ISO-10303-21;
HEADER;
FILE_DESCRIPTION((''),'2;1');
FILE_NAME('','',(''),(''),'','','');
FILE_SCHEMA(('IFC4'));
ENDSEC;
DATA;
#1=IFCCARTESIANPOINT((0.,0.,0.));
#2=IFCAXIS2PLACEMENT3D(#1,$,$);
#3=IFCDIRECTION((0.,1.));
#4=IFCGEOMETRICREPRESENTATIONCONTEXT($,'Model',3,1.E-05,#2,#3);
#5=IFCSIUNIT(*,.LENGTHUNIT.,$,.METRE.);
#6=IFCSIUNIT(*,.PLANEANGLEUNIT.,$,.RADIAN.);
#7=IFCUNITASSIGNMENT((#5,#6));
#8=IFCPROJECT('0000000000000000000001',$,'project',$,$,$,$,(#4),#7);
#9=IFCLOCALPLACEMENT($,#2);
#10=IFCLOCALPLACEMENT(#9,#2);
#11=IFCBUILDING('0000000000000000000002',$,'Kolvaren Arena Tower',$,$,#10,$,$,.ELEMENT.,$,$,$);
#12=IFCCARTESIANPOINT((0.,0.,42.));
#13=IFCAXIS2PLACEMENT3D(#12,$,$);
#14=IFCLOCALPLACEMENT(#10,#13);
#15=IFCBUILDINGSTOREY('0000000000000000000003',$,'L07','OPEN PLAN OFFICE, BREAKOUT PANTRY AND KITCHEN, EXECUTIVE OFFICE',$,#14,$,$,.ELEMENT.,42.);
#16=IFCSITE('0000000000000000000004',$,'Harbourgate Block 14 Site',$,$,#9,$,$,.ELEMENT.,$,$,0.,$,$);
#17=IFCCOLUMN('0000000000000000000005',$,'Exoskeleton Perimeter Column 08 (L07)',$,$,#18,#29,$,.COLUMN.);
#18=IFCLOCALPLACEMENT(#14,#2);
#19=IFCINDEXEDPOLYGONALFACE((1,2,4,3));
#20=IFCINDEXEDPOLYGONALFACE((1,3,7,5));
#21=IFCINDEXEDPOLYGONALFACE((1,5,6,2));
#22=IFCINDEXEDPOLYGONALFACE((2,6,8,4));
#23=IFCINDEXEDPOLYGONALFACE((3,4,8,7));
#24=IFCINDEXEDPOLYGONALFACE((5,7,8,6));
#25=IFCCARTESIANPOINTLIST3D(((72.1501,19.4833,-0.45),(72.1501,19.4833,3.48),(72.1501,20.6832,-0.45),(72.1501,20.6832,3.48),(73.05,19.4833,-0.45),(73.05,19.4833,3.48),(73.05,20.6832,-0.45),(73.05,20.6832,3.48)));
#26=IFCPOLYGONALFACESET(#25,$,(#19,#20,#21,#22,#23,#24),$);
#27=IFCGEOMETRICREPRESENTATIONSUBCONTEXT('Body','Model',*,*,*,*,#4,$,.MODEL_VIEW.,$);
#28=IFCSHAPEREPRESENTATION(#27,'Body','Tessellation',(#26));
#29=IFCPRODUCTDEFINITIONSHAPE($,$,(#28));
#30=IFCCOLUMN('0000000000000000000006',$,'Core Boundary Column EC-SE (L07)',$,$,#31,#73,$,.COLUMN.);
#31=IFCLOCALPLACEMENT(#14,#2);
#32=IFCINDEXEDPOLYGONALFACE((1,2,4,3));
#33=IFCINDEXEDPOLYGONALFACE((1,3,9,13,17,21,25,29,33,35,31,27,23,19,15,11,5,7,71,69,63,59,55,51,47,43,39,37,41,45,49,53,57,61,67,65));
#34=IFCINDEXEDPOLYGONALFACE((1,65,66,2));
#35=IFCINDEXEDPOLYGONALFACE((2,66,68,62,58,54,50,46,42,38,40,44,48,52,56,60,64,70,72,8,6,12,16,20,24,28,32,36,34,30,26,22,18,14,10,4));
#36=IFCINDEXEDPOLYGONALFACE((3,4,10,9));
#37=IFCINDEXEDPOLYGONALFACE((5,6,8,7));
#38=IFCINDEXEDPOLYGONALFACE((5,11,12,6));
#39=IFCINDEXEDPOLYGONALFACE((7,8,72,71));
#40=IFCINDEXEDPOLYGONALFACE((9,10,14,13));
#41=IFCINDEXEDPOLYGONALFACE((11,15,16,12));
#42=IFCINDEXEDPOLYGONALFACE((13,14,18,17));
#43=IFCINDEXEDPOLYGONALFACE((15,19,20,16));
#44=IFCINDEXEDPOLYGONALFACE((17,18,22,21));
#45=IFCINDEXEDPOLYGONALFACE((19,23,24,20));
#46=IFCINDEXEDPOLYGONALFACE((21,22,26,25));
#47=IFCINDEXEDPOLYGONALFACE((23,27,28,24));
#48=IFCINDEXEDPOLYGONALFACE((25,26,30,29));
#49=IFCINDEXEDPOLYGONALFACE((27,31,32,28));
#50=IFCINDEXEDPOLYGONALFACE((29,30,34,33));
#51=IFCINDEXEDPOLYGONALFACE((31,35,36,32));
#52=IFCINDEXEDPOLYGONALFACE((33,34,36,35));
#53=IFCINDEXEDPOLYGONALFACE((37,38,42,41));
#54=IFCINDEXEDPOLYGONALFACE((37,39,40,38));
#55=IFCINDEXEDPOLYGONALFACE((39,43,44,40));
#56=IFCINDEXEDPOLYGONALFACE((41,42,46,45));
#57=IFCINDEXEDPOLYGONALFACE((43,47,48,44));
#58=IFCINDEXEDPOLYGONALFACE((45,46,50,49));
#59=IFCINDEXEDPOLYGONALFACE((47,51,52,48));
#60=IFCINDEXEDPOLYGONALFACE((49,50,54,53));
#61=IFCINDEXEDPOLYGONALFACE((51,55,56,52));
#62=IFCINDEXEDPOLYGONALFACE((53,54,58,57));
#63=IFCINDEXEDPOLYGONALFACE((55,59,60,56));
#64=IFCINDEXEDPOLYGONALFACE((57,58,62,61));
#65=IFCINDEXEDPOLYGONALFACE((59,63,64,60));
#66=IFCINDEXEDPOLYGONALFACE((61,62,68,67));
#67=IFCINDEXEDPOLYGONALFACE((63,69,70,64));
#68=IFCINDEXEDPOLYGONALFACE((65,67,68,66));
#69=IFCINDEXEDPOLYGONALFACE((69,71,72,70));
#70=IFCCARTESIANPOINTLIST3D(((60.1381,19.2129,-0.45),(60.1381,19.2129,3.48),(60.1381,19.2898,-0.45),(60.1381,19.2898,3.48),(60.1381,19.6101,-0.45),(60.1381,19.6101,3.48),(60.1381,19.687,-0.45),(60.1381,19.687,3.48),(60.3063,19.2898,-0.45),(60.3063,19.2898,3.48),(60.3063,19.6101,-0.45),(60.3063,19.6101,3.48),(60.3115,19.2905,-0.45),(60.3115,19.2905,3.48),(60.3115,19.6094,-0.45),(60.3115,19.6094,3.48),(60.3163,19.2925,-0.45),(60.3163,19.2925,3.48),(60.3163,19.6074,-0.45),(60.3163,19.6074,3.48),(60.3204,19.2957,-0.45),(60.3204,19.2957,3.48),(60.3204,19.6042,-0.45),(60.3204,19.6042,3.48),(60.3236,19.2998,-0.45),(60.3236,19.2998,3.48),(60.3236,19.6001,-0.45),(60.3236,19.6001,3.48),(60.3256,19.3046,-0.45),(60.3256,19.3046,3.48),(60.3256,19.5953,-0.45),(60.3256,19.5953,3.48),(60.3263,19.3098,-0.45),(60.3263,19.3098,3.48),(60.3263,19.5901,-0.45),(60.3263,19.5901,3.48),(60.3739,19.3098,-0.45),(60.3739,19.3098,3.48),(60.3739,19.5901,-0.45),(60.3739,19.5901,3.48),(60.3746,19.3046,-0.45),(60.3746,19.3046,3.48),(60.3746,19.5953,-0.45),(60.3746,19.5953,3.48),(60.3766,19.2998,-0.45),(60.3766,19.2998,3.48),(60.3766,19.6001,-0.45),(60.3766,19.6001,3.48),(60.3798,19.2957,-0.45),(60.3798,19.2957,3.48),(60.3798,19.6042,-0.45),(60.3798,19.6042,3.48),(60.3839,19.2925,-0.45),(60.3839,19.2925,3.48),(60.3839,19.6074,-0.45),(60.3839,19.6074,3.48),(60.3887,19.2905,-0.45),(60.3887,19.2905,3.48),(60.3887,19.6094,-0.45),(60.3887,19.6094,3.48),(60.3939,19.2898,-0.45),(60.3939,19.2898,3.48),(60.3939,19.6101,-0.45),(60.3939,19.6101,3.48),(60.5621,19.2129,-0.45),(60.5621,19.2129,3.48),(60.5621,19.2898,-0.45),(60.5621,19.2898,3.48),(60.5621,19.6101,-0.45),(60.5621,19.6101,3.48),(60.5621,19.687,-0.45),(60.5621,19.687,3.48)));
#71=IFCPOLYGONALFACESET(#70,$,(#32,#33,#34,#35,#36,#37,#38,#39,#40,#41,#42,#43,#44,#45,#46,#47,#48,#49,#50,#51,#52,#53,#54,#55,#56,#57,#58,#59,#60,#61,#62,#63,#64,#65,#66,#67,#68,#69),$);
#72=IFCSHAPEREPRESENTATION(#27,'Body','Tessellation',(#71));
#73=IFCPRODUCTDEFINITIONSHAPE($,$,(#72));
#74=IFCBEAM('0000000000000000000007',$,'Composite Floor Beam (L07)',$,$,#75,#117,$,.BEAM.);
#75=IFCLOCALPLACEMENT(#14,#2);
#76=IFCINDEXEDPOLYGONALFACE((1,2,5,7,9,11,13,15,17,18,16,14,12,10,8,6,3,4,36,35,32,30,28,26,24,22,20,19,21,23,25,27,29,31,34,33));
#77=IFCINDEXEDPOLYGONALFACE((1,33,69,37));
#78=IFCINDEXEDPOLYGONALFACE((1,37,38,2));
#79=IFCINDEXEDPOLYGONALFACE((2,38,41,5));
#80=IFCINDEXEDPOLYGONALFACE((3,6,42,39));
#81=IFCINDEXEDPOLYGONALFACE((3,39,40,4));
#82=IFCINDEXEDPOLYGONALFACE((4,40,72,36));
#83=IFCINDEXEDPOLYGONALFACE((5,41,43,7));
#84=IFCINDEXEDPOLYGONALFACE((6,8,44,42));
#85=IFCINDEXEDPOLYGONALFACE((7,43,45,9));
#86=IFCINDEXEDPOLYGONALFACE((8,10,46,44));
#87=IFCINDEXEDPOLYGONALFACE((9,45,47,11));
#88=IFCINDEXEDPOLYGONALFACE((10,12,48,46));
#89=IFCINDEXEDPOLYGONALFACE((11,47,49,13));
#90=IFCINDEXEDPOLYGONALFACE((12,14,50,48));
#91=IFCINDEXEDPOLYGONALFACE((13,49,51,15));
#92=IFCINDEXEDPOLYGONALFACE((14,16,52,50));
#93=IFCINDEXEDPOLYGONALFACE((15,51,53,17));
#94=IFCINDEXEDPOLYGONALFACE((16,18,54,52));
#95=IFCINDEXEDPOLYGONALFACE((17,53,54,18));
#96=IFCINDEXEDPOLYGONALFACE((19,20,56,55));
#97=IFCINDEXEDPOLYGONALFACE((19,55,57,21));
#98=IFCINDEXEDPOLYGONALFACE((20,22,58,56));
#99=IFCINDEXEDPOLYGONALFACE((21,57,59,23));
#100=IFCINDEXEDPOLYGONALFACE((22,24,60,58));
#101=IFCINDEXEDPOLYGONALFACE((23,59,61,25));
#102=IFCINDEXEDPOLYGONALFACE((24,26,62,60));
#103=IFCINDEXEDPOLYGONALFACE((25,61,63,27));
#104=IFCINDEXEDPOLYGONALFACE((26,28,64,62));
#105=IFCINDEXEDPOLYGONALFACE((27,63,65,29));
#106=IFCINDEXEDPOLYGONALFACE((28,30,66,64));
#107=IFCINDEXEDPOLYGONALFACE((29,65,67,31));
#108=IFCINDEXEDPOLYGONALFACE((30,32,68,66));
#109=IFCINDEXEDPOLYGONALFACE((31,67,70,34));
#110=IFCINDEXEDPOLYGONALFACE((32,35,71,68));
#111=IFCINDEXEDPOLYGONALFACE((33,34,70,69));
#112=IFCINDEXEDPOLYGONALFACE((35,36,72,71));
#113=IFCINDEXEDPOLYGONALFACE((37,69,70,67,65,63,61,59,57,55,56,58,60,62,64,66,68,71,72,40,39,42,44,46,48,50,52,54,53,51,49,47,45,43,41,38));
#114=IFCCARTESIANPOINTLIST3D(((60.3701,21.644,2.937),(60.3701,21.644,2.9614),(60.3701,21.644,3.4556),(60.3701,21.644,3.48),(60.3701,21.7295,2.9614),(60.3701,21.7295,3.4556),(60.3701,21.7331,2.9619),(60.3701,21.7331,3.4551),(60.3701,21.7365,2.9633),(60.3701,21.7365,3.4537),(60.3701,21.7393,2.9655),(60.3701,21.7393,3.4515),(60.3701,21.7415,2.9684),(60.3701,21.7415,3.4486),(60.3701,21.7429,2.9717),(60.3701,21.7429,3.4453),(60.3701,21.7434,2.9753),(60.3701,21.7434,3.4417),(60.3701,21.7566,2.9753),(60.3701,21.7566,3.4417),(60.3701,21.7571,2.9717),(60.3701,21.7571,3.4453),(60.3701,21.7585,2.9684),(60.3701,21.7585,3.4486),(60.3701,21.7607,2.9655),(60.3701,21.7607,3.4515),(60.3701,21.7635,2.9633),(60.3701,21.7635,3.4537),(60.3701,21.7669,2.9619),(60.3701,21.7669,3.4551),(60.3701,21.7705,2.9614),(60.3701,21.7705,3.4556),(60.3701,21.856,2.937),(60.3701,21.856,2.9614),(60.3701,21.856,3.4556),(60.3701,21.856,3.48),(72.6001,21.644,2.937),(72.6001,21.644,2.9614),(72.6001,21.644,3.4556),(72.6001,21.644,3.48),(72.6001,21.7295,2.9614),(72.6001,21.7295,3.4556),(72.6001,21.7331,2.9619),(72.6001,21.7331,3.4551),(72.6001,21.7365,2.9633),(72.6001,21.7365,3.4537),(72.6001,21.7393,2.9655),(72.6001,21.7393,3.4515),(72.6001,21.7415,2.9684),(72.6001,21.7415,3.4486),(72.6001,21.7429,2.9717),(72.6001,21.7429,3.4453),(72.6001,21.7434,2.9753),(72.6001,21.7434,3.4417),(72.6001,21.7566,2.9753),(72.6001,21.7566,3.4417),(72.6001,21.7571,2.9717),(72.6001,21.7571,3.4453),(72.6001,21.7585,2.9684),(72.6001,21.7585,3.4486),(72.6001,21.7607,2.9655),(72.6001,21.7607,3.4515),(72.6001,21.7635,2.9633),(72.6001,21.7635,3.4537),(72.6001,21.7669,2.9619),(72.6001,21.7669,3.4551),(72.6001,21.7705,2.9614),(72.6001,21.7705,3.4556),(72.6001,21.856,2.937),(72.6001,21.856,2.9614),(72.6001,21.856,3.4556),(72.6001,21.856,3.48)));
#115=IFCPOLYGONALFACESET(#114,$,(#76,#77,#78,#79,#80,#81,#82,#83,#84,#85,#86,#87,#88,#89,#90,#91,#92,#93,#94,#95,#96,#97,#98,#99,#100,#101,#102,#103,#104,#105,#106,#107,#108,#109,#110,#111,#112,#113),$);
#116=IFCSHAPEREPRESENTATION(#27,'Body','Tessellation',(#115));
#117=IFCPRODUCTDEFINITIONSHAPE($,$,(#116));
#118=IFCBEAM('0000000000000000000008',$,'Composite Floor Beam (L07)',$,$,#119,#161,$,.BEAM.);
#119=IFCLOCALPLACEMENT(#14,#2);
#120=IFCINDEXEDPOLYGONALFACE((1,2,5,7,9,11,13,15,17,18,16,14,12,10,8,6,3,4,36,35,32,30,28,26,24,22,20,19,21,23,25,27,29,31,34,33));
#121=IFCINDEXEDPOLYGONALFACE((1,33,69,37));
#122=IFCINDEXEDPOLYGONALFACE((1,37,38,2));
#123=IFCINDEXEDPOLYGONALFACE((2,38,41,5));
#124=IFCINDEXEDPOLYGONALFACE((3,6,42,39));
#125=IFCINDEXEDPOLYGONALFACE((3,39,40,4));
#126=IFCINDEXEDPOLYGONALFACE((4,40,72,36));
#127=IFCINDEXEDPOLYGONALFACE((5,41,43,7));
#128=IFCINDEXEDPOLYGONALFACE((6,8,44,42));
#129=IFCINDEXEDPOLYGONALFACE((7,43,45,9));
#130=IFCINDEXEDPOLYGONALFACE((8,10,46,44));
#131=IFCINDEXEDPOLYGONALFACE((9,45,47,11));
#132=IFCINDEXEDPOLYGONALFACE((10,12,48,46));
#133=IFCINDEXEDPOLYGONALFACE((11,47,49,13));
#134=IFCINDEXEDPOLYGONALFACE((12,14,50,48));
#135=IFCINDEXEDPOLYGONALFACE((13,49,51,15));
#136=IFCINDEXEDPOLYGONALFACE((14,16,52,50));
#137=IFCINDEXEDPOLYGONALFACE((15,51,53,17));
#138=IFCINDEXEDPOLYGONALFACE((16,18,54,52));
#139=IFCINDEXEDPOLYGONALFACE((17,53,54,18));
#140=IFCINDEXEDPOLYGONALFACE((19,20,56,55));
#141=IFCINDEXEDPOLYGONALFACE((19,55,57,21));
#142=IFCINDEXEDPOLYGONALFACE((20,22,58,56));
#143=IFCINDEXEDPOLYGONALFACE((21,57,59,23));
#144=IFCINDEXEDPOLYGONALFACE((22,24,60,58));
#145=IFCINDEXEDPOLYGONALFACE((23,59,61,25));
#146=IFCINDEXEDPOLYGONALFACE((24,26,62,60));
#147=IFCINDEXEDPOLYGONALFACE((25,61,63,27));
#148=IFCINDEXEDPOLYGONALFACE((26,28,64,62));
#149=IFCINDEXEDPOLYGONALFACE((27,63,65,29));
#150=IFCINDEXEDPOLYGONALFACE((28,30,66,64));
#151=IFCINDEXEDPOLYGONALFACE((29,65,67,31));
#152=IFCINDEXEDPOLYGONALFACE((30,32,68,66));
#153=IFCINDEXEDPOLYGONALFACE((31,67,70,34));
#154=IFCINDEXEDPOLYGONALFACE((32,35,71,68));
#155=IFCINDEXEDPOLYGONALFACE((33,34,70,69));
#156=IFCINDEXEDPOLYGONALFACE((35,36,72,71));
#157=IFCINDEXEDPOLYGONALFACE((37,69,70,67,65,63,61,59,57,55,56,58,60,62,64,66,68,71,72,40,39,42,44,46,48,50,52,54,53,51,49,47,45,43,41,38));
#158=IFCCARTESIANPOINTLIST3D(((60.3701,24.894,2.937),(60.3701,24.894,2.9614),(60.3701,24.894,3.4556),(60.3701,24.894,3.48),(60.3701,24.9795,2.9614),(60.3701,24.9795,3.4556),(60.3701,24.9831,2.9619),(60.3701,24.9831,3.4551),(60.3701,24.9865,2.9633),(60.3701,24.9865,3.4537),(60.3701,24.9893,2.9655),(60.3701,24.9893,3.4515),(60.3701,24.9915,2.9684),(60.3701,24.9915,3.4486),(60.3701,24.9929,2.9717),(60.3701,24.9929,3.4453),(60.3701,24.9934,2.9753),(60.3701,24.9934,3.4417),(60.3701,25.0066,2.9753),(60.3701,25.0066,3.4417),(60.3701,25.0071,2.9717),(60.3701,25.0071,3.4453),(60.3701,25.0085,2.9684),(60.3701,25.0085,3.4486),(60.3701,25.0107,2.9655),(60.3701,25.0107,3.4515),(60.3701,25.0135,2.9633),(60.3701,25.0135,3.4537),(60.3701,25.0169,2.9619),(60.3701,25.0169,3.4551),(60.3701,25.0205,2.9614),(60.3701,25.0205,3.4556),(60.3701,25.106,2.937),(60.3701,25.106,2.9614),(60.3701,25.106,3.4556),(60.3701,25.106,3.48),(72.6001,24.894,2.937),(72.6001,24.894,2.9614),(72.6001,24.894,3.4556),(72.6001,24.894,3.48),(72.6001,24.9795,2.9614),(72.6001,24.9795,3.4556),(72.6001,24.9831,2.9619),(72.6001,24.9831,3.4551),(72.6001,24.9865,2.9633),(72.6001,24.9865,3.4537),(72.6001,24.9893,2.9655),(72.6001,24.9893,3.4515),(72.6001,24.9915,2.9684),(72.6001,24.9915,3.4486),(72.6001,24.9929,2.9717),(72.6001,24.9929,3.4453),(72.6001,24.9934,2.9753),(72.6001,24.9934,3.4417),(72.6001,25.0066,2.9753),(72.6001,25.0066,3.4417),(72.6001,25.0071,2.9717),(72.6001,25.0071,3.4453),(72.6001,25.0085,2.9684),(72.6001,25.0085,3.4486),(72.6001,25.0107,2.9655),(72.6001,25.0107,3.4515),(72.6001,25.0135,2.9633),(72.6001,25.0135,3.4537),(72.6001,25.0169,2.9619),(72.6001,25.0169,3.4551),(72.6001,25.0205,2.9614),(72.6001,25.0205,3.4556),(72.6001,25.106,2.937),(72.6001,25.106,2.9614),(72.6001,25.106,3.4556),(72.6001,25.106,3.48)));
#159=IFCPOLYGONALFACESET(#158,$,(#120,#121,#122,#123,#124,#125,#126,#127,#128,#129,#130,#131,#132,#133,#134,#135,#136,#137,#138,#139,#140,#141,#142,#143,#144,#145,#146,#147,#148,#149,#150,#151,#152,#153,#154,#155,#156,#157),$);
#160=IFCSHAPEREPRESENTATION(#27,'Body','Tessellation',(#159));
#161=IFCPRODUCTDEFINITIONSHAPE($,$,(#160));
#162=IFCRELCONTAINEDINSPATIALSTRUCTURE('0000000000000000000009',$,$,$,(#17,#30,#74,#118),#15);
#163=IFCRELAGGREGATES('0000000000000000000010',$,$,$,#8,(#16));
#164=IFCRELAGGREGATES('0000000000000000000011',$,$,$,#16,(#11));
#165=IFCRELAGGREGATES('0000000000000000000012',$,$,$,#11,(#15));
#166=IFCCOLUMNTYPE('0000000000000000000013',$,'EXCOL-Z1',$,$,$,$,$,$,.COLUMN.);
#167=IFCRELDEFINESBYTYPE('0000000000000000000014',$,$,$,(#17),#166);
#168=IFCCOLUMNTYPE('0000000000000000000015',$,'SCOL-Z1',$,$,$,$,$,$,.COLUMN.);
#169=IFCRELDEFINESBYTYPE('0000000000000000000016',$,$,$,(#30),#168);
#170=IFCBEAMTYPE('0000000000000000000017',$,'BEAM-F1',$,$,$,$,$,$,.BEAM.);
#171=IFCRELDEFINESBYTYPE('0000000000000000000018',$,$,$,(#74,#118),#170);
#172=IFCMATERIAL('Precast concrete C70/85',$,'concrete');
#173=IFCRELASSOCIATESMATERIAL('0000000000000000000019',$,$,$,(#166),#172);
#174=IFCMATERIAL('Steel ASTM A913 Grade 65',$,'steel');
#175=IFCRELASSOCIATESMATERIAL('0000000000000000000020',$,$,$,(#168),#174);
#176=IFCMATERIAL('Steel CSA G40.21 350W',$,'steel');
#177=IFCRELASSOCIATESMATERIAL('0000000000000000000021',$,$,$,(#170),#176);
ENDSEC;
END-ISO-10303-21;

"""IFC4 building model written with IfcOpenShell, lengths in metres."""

from ifc_helpers import new_model, si_unit, direction, frame, origin, origin_2d, place, context, subcontext, project, spatial, rectangle, i_section, extrude, material, material_profile, profile_set, type_object, element, save


model = new_model("IFC4")

# Units and contexts
model_context = context("Model", 3, precision=1e-05, world=origin(), true_north=direction((0.0, 1.0)))
body_context = subcontext(model_context, "Body", "Model", "MODEL_VIEW")
ifc_project = project(units=[si_unit("LENGTHUNIT", "METRE"), si_unit("PLANEANGLEUNIT", "RADIAN")], contexts=[model_context])

# Site, building, storey
site_placement = place(None, origin())
site = spatial("IfcSite", under=ifc_project, at=site_placement, Name="Harbourgate Block 14 Site", CompositionType="ELEMENT", RefElevation=0.0)
building_placement = place(site_placement, origin())
building = spatial("IfcBuilding", under=site, at=building_placement, Name="Kolvaren Arena Tower", CompositionType="ELEMENT")
storey_placement = place(building_placement, frame((0.0, 0.0, 42.0)))
storey = spatial("IfcBuildingStorey", under=building, at=storey_placement, Name="L07", Description="OPEN PLAN OFFICE, BREAKOUT PANTRY AND KITCHEN, EXECUTIVE OFFICE", CompositionType="ELEMENT", Elevation=42.0)

# Columns
ifc_material_1 = material(Name="Precast concrete C70/85", Category="concrete")
ifc_material_profile_1 = material_profile(ifc_material_1, rectangle(XDim=1.2, YDim=0.8999, at=origin_2d()), Name="RC-1200x900")
ifc_profile_set_1 = profile_set([ifc_material_profile_1], Name="Precast concrete C70/85")
column_type_1 = type_object("IfcColumnType", Name="EXCOL-Z1", PredefinedType="COLUMN", material=ifc_profile_set_1)
column_1_placement = place(storey_placement, frame((72.6001, 20.0833, -0.45), z_axis=(0.0, 0.0, 1.0), x_axis=(0.0, 1.0, 0.0)))
element("IfcColumn", 1, at=column_1_placement, inside=storey, type_object=column_type_1, Name="Exoskeleton Perimeter Column 08 (L07)", PredefinedType="COLUMN", context=body_context, shape_type="SweptSolid", body=[
    extrude(rectangle(XDim=1.2, YDim=0.8999, at=origin_2d()), origin(), (0.0, 0.0, 1.0), 3.9299),
])
ifc_material_2 = material(Name="Steel ASTM A913 Grade 65", Category="steel")
ifc_material_profile_2 = material_profile(ifc_material_2, i_section(OverallWidth=0.4241, OverallDepth=0.4741, WebThickness=0.0476, FlangeThickness=0.0769, FilletRadius=0.02, at=origin_2d()), Name="W360x634")
ifc_profile_set_2 = profile_set([ifc_material_profile_2], Name="Steel ASTM A913 Grade 65")
column_type_2 = type_object("IfcColumnType", Name="SCOL-Z1", PredefinedType="COLUMN", material=ifc_profile_set_2)
column_2_placement = place(storey_placement, frame((60.3501, 19.45, -0.45), z_axis=(0.0, 0.0, 1.0), x_axis=(1.0, 0.0, 0.0)))
element("IfcColumn", 2, at=column_2_placement, inside=storey, type_object=column_type_2, Name="Core Boundary Column EC-SE (L07)", PredefinedType="COLUMN", context=body_context, shape_type="SweptSolid", body=[
    extrude(i_section(OverallWidth=0.4241, OverallDepth=0.4741, WebThickness=0.0476, FlangeThickness=0.0769, FilletRadius=0.02, at=origin_2d()), origin(), (0.0, 0.0, 1.0), 3.9299),
])

# Beams
ifc_material_3 = material(Name="Steel CSA G40.21 350W", Category="steel")
ifc_material_profile_3 = material_profile(ifc_material_3, i_section(OverallWidth=0.2119, OverallDepth=0.543, WebThickness=0.0132, FlangeThickness=0.0244, FilletRadius=0.0139, at=origin_2d()), Name="W530x150")
ifc_profile_set_3 = profile_set([ifc_material_profile_3], Name="Steel CSA G40.21 350W")
beam_type_1 = type_object("IfcBeamType", Name="BEAM-F1", PredefinedType="BEAM", material=ifc_profile_set_3)
for number, where, z_axis, x_axis, name in (
    (3, (60.3701, 21.75, 3.2085), (1.0, 0.0, 0.0), (0.0, 1.0, 0.0), "Composite Floor Beam (L07)"),
    (4, (60.3701, 25.0, 3.2085), (1.0, 0.0, 0.0), (0.0, 1.0, 0.0), "Composite Floor Beam (L07)"),
):
    element("IfcBeam", number, at=place(storey_placement, frame(where, z_axis=z_axis, x_axis=x_axis)), inside=storey, type_object=beam_type_1, Name=name, PredefinedType="BEAM", context=body_context, shape_type="SweptSolid", body=[
        extrude(i_section(OverallWidth=0.2119, OverallDepth=0.543, WebThickness=0.0132, FlangeThickness=0.0244, FilletRadius=0.0139, at=origin_2d()), origin(), (0.0, 0.0, 1.0), 12.23),
    ])

save(model, "model.ifc")
